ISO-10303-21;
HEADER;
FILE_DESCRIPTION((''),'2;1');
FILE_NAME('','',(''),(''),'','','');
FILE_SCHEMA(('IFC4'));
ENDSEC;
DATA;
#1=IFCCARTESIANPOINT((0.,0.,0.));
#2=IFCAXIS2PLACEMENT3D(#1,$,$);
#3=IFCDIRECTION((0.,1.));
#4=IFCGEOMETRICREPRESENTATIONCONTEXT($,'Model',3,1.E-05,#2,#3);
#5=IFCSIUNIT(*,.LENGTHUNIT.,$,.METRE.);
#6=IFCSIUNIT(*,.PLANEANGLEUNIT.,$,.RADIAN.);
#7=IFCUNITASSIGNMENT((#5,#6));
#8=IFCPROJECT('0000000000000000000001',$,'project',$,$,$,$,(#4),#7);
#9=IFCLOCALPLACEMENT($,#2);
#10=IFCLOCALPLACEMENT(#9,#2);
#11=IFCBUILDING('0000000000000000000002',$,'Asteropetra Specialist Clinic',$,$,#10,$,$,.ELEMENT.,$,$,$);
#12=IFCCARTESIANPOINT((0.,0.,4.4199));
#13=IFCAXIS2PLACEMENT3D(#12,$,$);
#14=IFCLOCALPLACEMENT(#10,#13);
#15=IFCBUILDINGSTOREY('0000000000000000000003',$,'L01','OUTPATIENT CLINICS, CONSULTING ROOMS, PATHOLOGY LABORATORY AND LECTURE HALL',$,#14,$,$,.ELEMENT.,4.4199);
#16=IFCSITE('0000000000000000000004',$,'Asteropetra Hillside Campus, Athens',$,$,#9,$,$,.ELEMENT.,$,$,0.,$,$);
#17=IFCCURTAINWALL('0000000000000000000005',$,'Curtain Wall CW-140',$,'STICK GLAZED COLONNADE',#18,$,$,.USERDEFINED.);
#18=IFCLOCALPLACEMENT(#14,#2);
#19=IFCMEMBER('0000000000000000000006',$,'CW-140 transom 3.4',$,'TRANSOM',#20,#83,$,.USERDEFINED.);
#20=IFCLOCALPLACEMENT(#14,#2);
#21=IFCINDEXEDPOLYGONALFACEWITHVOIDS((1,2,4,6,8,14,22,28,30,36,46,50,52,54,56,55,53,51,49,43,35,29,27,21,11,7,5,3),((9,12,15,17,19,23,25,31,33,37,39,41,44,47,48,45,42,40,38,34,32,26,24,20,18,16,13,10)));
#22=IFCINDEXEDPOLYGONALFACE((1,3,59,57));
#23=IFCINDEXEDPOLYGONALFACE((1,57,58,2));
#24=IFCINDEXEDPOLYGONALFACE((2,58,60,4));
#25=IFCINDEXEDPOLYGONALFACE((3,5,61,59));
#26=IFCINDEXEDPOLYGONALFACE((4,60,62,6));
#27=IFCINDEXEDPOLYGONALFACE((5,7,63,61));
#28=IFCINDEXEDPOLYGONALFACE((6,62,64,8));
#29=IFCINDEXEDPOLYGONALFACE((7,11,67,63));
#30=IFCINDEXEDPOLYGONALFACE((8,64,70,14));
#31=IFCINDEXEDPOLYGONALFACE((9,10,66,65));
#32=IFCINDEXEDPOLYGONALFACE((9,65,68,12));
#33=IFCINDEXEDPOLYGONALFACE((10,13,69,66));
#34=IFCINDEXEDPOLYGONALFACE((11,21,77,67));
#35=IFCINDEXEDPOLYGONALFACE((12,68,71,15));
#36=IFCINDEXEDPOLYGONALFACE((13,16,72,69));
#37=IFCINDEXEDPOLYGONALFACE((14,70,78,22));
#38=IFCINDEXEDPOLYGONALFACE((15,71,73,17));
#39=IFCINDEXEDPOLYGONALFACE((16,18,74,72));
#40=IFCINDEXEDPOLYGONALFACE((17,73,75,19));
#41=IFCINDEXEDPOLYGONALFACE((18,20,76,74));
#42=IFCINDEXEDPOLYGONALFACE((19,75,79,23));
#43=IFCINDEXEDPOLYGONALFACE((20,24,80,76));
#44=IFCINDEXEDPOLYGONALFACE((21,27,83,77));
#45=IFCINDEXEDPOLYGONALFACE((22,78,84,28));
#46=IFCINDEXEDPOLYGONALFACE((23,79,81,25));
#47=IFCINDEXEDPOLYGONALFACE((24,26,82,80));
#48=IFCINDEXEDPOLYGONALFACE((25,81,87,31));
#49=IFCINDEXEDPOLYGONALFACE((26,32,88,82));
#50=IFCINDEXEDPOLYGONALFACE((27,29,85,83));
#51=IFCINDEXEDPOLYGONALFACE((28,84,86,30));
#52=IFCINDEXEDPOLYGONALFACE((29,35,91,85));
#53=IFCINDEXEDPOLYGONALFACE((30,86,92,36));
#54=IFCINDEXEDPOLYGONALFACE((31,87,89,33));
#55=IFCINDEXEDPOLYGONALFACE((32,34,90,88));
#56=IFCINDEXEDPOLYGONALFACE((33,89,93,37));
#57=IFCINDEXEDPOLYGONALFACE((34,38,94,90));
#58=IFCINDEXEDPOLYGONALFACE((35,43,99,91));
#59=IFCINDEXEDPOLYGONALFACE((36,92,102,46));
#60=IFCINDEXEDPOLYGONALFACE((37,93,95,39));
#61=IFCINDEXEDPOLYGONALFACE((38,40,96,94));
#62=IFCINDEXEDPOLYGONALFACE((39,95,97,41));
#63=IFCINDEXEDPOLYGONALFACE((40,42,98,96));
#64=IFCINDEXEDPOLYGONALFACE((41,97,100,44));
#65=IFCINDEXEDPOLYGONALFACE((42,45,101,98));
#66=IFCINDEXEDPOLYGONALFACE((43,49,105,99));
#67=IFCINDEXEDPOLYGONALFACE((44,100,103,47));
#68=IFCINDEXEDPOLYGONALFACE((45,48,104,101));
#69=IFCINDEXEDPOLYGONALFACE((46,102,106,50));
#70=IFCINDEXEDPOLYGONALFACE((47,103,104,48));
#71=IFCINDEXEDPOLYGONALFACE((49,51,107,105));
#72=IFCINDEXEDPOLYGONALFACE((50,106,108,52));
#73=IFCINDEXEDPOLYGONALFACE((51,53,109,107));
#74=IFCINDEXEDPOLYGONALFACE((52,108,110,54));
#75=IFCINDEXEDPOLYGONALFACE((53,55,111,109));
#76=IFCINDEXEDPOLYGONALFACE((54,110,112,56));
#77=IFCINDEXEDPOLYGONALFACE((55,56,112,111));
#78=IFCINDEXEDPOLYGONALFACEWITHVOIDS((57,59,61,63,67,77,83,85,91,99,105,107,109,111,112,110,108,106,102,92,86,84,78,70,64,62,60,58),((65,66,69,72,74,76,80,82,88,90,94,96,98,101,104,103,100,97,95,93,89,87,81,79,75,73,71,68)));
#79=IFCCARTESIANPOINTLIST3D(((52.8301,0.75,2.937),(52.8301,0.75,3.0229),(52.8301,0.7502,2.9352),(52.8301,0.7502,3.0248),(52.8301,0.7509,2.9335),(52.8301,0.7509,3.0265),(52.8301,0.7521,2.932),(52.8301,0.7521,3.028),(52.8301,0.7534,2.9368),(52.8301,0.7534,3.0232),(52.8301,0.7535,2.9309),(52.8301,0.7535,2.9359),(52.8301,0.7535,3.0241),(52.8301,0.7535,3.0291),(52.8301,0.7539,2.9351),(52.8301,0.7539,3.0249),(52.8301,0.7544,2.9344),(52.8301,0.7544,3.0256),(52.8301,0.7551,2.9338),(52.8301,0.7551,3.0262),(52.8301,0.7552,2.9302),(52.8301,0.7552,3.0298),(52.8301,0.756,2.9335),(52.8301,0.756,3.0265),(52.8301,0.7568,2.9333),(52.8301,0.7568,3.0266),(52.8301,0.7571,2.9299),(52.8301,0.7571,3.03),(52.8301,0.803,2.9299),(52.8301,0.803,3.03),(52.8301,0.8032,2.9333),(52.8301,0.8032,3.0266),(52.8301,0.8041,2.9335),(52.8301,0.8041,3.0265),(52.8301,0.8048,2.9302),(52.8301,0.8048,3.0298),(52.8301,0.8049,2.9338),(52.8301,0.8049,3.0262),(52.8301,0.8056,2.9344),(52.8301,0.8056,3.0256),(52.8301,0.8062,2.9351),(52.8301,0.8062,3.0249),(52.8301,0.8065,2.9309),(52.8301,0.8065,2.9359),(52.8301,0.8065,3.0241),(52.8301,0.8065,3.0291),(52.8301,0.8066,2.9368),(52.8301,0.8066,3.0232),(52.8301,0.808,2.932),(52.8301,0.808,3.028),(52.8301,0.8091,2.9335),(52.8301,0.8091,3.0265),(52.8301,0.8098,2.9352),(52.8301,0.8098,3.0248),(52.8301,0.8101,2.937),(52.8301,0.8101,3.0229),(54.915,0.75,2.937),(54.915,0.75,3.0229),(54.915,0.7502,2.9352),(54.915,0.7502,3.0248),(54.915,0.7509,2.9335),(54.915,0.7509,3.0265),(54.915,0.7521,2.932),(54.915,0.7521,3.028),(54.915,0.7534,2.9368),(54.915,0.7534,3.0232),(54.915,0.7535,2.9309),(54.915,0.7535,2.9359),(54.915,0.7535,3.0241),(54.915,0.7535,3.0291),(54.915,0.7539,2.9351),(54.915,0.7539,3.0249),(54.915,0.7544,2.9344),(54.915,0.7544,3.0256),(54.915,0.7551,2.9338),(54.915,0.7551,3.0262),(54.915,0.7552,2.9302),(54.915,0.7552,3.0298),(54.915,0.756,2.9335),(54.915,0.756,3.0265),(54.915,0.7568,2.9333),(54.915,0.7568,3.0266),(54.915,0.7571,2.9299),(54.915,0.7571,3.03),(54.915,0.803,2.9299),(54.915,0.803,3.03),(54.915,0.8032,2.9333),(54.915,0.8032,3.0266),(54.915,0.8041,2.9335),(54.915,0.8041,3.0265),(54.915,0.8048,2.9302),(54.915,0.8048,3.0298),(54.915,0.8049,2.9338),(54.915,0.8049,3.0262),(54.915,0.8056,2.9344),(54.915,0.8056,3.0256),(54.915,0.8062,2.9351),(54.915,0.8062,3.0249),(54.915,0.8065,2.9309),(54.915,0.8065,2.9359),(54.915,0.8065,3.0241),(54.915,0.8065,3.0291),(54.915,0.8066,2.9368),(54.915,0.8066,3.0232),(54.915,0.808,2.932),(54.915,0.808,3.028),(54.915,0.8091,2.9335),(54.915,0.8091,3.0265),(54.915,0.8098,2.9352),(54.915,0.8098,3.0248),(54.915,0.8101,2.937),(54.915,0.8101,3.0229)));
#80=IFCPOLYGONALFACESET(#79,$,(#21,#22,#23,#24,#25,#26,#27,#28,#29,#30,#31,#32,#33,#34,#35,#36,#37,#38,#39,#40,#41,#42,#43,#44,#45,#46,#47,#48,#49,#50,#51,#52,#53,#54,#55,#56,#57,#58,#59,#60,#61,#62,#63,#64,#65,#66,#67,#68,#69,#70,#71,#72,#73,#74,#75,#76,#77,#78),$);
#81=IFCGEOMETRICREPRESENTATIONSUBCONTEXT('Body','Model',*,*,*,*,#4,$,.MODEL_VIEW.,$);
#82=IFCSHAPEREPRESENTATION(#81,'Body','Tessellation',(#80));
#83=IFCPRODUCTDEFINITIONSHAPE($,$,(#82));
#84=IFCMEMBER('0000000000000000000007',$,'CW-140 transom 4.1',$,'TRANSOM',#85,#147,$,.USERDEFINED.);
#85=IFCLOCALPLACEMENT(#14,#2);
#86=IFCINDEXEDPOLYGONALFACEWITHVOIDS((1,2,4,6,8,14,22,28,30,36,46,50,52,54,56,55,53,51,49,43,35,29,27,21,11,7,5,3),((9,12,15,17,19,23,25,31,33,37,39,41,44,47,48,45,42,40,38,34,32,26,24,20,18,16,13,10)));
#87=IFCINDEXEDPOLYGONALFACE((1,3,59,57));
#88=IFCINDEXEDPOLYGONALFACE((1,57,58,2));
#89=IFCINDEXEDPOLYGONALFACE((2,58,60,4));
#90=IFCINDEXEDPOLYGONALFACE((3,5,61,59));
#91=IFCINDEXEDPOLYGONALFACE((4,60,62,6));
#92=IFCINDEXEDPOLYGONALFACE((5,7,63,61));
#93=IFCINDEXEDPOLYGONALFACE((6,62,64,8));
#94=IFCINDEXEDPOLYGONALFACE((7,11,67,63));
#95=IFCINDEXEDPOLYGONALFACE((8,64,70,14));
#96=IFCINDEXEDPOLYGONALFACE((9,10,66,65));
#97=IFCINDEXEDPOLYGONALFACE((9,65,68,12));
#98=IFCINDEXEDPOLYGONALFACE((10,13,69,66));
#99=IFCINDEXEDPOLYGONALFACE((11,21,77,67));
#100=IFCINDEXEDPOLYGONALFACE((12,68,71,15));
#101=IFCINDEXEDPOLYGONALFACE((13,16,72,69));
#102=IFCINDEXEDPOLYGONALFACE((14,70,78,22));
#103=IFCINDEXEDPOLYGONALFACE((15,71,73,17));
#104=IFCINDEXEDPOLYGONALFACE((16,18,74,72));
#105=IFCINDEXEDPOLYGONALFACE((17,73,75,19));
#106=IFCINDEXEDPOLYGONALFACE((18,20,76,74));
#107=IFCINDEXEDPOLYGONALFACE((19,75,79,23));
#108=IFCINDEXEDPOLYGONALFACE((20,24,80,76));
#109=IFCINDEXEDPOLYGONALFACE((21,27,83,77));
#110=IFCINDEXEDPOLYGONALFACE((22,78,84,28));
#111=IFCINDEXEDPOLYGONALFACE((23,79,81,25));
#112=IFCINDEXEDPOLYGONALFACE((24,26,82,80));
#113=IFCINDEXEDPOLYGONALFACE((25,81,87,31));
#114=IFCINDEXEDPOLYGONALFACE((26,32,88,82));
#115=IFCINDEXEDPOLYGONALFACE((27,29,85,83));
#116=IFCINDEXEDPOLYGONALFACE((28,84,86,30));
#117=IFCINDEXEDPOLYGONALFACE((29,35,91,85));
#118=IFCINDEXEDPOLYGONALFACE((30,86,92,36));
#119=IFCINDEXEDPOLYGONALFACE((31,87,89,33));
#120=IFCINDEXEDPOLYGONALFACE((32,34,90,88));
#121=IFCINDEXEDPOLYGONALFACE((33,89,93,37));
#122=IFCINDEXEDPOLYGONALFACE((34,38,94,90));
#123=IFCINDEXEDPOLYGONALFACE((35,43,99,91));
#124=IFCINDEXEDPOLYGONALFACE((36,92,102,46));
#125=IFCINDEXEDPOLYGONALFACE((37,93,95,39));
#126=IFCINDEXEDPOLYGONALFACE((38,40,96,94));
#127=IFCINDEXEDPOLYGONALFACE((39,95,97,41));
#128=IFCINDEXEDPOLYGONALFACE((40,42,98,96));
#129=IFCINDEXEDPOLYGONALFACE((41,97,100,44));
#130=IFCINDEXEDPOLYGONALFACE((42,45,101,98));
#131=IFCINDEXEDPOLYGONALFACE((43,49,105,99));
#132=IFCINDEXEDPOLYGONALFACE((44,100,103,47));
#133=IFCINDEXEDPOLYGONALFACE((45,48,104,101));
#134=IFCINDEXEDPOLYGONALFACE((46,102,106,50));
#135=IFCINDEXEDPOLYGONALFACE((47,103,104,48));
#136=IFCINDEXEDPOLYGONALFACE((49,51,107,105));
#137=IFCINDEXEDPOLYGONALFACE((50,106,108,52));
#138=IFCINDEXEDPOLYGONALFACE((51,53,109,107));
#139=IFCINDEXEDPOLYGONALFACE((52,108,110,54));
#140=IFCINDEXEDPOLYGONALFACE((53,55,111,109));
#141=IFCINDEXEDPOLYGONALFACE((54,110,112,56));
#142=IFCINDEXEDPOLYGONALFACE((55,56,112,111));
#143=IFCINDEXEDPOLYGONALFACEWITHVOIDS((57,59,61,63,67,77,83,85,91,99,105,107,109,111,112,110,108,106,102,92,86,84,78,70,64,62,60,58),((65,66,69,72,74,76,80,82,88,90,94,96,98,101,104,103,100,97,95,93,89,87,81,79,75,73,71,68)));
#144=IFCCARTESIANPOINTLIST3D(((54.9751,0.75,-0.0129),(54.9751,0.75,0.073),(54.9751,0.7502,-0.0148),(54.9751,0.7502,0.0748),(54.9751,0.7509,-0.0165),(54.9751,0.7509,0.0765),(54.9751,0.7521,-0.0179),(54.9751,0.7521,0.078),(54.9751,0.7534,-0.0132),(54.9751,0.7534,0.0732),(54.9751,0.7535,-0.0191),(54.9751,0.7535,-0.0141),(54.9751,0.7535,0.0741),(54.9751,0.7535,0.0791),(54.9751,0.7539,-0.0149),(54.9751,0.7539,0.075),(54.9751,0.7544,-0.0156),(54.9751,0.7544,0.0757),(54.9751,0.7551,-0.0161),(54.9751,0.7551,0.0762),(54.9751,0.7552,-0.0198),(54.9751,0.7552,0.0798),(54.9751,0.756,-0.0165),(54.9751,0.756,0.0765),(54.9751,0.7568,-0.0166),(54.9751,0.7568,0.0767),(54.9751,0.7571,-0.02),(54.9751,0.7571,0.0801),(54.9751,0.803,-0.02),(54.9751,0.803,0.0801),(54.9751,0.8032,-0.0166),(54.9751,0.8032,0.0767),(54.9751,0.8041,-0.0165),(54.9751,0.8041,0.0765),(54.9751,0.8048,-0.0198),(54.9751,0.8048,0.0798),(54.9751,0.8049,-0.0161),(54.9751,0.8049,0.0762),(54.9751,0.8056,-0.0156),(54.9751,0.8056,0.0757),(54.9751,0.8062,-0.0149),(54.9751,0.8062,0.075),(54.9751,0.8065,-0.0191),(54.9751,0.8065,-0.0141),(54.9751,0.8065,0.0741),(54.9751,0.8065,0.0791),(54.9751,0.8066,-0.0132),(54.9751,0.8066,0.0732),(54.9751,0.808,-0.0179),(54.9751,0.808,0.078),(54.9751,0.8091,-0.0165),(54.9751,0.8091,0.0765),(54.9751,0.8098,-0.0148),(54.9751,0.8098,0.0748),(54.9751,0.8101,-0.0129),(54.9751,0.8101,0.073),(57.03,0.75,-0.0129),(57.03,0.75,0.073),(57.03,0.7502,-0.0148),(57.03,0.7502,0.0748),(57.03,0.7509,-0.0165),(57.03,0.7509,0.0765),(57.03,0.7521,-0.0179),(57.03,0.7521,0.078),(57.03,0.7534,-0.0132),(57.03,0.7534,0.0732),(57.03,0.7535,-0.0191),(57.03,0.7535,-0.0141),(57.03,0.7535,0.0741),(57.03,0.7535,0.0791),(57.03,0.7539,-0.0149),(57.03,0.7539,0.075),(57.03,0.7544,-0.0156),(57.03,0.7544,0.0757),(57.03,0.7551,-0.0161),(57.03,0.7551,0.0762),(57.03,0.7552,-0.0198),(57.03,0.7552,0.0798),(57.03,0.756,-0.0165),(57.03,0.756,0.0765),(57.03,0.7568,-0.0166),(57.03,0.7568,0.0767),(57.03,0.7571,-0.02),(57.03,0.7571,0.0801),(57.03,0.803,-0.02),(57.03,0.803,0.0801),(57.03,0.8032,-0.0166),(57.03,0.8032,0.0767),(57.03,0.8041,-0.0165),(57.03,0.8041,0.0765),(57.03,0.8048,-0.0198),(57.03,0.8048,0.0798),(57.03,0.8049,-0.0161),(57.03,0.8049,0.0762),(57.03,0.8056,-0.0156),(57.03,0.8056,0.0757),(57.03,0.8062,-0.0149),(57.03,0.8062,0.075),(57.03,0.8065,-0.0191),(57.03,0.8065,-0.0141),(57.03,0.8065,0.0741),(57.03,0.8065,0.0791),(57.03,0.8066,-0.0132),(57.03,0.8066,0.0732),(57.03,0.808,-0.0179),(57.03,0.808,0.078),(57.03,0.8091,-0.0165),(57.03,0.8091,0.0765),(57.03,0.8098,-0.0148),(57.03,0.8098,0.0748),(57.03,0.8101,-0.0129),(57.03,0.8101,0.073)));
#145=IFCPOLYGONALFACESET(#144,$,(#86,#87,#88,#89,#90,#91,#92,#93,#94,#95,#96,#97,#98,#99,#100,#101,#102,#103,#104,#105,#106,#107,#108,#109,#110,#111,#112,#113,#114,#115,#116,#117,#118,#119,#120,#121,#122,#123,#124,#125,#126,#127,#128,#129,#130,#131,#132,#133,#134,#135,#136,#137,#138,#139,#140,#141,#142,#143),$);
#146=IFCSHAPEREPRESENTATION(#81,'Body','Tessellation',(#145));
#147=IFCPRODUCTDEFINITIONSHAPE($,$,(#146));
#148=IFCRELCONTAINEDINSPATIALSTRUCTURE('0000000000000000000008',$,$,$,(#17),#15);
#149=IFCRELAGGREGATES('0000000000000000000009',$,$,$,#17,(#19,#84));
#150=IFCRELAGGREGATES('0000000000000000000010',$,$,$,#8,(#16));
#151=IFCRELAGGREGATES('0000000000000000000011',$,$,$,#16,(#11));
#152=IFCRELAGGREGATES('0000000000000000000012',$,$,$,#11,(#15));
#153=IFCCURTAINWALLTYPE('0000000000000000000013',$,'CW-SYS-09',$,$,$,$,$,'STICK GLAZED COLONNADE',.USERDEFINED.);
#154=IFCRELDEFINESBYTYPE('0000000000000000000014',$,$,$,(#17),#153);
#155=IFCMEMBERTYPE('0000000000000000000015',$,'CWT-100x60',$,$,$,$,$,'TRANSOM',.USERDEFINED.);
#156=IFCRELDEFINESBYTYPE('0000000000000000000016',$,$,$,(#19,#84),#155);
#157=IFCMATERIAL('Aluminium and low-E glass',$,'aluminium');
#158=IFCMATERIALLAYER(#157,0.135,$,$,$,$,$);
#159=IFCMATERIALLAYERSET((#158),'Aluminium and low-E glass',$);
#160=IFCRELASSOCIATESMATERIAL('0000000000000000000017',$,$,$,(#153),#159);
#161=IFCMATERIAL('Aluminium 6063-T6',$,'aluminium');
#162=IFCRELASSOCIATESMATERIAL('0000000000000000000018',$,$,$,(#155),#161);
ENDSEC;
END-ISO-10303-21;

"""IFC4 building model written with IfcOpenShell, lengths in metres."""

from ifc_helpers import new_model, si_unit, direction, frame, origin, origin_2d, place, context, subcontext, project, spatial, hollow_rectangle, extrude, material, layer, layer_set, material_profile, profile_set, type_object, element, aggregate, save


model = new_model("IFC4")

# Units and contexts
model_context = context("Model", 3, precision=1e-05, world=origin(), true_north=direction((0.0, 1.0)))
body_context = subcontext(model_context, "Body", "Model", "MODEL_VIEW")
ifc_project = project(units=[si_unit("LENGTHUNIT", "METRE"), si_unit("PLANEANGLEUNIT", "RADIAN")], contexts=[model_context])

# Site, building, storey
site_placement = place(None, origin())
site = spatial("IfcSite", under=ifc_project, at=site_placement, Name="Asteropetra Hillside Campus, Athens", CompositionType="ELEMENT", RefElevation=0.0)
building_placement = place(site_placement, origin())
building = spatial("IfcBuilding", under=site, at=building_placement, Name="Asteropetra Specialist Clinic", CompositionType="ELEMENT")
storey_placement = place(building_placement, frame((0.0, 0.0, 4.4199)))
storey = spatial("IfcBuildingStorey", under=building, at=storey_placement, Name="L01", Description="OUTPATIENT CLINICS, CONSULTING ROOMS, PATHOLOGY LABORATORY AND LECTURE HALL", CompositionType="ELEMENT", Elevation=4.4199)

# Curtain wall, members
ifc_material_1 = material(Name="Aluminium and low-E glass", Category="aluminium")
ifc_layer_1 = layer(ifc_material_1, 0.135)
ifc_layer_set_1 = layer_set([ifc_layer_1], Name="Aluminium and low-E glass")
curtain_wall_type = type_object("IfcCurtainWallType", Name="CW-SYS-09", ElementType="STICK GLAZED COLONNADE", PredefinedType="USERDEFINED", material=ifc_layer_set_1)
curtain_wall_placement = place(storey_placement, origin())
curtain_wall = element("IfcCurtainWall", 1, at=curtain_wall_placement, inside=storey, type_object=curtain_wall_type, Name="Curtain Wall CW-140", ObjectType="STICK GLAZED COLONNADE", PredefinedType="USERDEFINED")
ifc_material_2 = material(Name="Aluminium 6063-T6", Category="aluminium")
ifc_material_profile_1 = material_profile(ifc_material_2, hollow_rectangle(XDim=0.0601, YDim=0.1001, WallThickness=0.0034, InnerFilletRadius=0.0034, OuterFilletRadius=0.0071, at=origin_2d()), Name="TRN 100x60x3.5")
ifc_profile_set_1 = profile_set([ifc_material_profile_1], Name="Aluminium 6063-T6")
member_type_1 = type_object("IfcMemberType", Name="CWT-100x60", ElementType="TRANSOM", PredefinedType="USERDEFINED", material=ifc_profile_set_1)
member_1_placement = place(storey_placement, frame((52.8301, 0.78, 2.98), z_axis=(1.0, 0.0, 0.0), x_axis=(0.0, 1.0, 0.0)))
member_1 = element("IfcMember", 2, at=member_1_placement, type_object=member_type_1, Name="CW-140 transom 3.4", ObjectType="TRANSOM", PredefinedType="USERDEFINED", context=body_context, shape_type="SweptSolid", body=[
    extrude(hollow_rectangle(XDim=0.0601, YDim=0.1001, WallThickness=0.0034, InnerFilletRadius=0.0034, OuterFilletRadius=0.0071, at=origin_2d()), origin(), (0.0, 0.0, 1.0), 2.085),
])
member_2_placement = place(storey_placement, frame((54.9751, 0.78, 0.03), z_axis=(1.0, 0.0, 0.0), x_axis=(0.0, 1.0, 0.0)))
member_2 = element("IfcMember", 3, at=member_2_placement, type_object=member_type_1, Name="CW-140 transom 4.1", ObjectType="TRANSOM", PredefinedType="USERDEFINED", context=body_context, shape_type="SweptSolid", body=[
    extrude(hollow_rectangle(XDim=0.0601, YDim=0.1001, WallThickness=0.0034, InnerFilletRadius=0.0034, OuterFilletRadius=0.0071, at=origin_2d()), origin(), (0.0, 0.0, 1.0), 2.0549),
])

aggregate(curtain_wall, [member_1, member_2])

save(model, "model.ifc")
